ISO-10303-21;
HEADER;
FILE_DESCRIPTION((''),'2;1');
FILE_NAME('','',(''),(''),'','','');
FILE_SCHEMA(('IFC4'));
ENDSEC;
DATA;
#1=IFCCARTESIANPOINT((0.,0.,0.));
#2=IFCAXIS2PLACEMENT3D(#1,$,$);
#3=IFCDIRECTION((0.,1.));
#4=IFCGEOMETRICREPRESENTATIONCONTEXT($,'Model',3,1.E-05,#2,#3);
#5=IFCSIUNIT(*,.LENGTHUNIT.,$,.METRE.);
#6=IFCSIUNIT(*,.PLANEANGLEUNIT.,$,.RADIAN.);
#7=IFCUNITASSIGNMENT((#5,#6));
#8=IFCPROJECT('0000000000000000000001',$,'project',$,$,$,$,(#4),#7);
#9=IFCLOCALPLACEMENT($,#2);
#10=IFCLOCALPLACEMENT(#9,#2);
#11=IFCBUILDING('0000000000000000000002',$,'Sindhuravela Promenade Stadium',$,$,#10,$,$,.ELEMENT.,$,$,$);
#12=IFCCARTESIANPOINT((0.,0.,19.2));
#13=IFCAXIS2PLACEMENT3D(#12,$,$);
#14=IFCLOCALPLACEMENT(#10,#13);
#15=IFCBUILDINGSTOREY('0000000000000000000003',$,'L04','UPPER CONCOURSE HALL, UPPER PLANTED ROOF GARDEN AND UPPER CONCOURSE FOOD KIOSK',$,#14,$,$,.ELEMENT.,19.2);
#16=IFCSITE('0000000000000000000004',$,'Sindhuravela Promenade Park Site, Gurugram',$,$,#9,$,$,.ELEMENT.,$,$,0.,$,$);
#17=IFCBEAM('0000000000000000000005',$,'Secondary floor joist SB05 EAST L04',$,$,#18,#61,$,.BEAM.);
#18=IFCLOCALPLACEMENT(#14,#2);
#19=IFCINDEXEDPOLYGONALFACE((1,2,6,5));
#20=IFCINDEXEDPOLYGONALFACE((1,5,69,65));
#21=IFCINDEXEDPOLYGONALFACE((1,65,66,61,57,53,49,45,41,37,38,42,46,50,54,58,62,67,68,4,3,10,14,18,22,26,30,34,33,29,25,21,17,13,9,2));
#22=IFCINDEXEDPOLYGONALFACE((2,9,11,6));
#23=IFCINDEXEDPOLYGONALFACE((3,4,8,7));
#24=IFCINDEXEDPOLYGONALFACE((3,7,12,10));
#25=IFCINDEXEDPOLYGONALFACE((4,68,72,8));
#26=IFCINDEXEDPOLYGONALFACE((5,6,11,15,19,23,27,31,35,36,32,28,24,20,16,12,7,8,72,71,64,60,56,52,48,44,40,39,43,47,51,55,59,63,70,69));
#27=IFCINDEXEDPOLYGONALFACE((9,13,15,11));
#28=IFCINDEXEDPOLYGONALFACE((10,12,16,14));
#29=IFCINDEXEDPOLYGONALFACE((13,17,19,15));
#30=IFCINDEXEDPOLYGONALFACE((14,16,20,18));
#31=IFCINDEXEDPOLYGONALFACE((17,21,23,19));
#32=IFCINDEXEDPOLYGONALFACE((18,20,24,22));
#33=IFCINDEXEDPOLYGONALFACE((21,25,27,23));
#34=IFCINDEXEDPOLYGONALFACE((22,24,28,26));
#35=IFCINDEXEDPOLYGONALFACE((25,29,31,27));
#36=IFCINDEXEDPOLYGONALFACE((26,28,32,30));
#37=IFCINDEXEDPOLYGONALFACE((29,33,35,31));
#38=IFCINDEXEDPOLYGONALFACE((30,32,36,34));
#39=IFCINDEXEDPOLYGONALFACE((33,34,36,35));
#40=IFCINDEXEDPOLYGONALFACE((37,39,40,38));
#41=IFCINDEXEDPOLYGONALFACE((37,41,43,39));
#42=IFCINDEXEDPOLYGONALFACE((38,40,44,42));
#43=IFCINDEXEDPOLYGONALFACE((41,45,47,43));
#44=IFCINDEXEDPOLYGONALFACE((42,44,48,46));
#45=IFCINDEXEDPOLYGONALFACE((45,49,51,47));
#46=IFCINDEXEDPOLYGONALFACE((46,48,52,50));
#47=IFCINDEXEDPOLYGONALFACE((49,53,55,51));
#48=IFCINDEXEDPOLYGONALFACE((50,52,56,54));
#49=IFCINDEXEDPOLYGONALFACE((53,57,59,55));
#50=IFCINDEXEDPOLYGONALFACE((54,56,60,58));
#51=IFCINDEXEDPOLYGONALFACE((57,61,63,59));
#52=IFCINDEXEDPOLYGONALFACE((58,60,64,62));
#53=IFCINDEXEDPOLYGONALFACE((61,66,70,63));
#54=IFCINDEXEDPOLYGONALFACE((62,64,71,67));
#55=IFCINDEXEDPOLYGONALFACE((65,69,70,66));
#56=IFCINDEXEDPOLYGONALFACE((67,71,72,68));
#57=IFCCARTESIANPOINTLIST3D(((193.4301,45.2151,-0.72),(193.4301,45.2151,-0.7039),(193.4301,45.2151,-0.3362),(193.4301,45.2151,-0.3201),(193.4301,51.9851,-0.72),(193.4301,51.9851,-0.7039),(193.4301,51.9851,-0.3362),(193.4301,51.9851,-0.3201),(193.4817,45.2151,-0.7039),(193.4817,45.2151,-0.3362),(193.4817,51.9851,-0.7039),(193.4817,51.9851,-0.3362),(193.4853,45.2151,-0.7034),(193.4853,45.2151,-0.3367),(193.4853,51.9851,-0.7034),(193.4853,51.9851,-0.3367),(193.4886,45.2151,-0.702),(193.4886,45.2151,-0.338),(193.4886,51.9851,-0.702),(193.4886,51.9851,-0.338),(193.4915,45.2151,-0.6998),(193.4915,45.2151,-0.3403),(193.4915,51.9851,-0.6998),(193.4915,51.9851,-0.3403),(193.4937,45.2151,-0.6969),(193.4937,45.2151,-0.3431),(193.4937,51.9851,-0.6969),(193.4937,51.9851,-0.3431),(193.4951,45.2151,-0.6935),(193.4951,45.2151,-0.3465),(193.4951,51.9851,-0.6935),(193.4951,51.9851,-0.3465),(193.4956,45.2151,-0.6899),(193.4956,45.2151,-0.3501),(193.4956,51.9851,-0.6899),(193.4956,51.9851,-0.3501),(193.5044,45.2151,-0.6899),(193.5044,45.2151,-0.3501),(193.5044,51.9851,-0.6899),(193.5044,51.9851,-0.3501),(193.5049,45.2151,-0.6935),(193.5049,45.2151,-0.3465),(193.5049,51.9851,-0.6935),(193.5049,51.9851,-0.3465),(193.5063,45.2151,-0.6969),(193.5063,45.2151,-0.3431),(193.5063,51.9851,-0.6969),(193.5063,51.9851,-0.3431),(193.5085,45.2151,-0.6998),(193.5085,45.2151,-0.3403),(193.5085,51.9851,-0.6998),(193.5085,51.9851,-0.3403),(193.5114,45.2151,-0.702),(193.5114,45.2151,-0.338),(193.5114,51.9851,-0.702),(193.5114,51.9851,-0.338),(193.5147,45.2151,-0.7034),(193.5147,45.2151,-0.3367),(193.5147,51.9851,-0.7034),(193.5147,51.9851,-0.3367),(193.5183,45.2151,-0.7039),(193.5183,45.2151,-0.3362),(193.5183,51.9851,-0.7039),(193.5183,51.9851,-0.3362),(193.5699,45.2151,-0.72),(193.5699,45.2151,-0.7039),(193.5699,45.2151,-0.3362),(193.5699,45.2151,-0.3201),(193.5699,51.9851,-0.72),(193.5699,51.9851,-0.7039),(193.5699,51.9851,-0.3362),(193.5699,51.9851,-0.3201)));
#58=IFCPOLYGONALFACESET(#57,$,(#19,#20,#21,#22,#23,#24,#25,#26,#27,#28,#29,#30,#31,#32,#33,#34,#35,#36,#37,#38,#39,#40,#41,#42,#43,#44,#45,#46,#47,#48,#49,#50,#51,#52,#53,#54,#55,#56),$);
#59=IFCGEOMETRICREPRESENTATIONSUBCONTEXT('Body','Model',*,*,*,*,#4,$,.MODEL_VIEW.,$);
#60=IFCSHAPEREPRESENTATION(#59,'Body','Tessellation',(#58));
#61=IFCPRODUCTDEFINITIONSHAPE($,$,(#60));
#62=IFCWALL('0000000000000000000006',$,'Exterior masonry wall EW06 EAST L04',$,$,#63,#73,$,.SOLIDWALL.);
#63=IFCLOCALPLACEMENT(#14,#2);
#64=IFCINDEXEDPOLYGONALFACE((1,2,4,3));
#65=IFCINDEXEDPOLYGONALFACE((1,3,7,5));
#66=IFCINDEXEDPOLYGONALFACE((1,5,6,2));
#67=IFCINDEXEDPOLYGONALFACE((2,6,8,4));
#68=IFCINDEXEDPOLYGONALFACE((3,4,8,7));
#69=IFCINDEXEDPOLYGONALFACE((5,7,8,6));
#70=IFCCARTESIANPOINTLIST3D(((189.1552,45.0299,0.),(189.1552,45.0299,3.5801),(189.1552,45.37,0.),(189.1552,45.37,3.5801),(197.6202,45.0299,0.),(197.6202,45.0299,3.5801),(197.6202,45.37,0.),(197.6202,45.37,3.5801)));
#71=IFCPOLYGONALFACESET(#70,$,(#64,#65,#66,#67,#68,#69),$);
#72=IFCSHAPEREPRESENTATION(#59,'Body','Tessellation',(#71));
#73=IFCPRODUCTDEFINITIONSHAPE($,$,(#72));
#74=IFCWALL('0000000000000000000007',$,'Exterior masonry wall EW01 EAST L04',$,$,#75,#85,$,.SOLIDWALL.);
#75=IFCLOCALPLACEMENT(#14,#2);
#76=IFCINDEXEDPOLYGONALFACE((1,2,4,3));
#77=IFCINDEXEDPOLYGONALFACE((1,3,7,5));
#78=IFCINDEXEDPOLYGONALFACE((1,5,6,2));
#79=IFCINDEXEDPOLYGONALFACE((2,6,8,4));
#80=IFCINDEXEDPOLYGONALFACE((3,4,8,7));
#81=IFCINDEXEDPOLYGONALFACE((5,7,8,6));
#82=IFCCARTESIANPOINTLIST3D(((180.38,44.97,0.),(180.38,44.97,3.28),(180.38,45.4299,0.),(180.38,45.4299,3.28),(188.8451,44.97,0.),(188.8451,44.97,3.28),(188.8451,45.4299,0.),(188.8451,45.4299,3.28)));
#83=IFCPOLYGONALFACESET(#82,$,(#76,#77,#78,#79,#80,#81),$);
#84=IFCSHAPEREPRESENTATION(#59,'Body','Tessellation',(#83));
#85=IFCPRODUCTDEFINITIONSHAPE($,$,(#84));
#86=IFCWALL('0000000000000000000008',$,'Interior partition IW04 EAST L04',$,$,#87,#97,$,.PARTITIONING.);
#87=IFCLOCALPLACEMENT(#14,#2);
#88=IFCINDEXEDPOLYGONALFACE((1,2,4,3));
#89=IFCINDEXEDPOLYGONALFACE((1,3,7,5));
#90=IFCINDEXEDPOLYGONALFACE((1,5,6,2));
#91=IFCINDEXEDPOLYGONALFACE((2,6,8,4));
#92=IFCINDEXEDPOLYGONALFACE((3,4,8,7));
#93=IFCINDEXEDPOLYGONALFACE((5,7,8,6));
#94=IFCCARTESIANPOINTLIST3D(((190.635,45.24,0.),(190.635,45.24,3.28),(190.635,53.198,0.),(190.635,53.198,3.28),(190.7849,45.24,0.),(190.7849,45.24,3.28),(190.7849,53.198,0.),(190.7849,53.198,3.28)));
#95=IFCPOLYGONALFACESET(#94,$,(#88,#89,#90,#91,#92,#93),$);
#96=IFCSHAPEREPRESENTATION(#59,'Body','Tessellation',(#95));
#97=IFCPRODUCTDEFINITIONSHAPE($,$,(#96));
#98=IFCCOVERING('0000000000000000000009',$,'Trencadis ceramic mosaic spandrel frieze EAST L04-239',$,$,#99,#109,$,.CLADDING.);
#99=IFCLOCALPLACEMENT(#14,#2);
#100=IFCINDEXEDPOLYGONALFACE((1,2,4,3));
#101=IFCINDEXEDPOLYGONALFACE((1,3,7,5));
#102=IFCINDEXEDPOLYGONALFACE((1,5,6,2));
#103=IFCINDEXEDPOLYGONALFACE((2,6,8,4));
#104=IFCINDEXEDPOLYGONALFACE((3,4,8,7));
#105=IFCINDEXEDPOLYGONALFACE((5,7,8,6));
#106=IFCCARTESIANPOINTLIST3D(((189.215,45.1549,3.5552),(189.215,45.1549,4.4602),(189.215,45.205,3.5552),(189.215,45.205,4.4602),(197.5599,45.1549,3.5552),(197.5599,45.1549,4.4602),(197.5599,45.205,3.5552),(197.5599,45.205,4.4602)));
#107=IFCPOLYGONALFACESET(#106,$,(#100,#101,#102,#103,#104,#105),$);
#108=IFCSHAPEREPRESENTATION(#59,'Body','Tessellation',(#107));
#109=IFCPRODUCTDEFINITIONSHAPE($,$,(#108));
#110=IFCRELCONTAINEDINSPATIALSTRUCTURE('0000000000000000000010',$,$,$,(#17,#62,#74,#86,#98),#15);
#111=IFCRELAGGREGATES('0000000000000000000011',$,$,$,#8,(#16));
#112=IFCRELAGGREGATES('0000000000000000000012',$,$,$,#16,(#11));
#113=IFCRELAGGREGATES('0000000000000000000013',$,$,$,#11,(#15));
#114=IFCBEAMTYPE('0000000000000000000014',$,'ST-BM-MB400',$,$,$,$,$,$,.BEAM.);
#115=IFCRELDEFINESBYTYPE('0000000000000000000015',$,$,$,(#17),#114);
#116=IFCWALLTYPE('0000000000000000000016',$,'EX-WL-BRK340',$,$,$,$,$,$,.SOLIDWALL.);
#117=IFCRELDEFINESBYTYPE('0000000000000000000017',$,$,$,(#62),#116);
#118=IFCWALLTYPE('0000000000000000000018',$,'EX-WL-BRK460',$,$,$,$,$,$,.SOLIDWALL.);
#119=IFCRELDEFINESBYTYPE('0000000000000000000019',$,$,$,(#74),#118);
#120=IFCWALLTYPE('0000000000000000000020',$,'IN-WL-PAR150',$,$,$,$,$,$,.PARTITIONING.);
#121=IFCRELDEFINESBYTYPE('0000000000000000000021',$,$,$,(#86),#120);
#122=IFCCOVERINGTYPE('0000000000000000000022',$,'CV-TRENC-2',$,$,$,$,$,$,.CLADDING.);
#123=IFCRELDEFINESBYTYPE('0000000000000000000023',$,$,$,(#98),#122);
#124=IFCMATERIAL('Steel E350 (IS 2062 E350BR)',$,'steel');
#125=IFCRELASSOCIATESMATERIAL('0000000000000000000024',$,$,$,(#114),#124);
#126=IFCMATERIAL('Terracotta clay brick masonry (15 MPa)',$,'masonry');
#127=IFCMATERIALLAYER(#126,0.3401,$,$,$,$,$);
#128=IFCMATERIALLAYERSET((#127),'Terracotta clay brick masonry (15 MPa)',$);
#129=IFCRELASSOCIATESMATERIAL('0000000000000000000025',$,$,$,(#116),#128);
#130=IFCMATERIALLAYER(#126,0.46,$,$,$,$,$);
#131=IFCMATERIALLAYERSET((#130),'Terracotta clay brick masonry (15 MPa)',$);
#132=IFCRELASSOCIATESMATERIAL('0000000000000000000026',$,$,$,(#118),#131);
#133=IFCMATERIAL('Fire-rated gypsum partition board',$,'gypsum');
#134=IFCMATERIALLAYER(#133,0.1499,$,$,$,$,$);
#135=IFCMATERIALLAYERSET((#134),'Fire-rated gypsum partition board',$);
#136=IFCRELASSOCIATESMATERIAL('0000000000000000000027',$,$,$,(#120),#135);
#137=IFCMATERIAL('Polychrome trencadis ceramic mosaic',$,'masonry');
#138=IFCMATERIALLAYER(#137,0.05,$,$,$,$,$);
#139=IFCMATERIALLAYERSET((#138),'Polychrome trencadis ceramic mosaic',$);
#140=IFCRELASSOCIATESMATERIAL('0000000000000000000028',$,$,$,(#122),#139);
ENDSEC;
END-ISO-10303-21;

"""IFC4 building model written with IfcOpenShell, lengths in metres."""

from ifc_helpers import new_model, si_unit, direction, frame, frame_2d, origin, origin_2d, place, context, subcontext, project, spatial, rectangle, i_section, extrude, material, layer, layer_set, material_profile, profile_set, type_object, element, save


model = new_model("IFC4")

# Units and contexts
model_context = context("Model", 3, precision=1e-05, world=origin(), true_north=direction((0.0, 1.0)))
body_context = subcontext(model_context, "Body", "Model", "MODEL_VIEW")
ifc_project = project(units=[si_unit("LENGTHUNIT", "METRE"), si_unit("PLANEANGLEUNIT", "RADIAN")], contexts=[model_context])

# Site, building, storey
site_placement = place(None, origin())
site = spatial("IfcSite", under=ifc_project, at=site_placement, Name="Sindhuravela Promenade Park Site, Gurugram", CompositionType="ELEMENT", RefElevation=0.0)
building_placement = place(site_placement, origin())
building = spatial("IfcBuilding", under=site, at=building_placement, Name="Sindhuravela Promenade Stadium", CompositionType="ELEMENT")
storey_placement = place(building_placement, frame((0.0, 0.0, 19.2)))
storey = spatial("IfcBuildingStorey", under=building, at=storey_placement, Name="L04", Description="UPPER CONCOURSE HALL, UPPER PLANTED ROOF GARDEN AND UPPER CONCOURSE FOOD KIOSK", CompositionType="ELEMENT", Elevation=19.2)

# Shared definitions
ifc_material_1 = material(Name="Steel E350 (IS 2062 E350BR)", Category="steel")

# Beam
ifc_material_profile_1 = material_profile(ifc_material_1, i_section(OverallWidth=0.1399, OverallDepth=0.3999, WebThickness=0.0088, FlangeThickness=0.0161, FilletRadius=0.0139, at=origin_2d()), Name="ISMB 400")
ifc_profile_set_1 = profile_set([ifc_material_profile_1], Name="Steel E350 (IS 2062 E350BR)")
beam_type_1 = type_object("IfcBeamType", Name="ST-BM-MB400", PredefinedType="BEAM", material=ifc_profile_set_1)
beam_1_placement = place(storey_placement, frame((193.5, 45.2151, -0.52), z_axis=(0.0, 1.0, 0.0), x_axis=(-1.0, 0.0, 0.0)))
element("IfcBeam", 1, at=beam_1_placement, inside=storey, type_object=beam_type_1, Name="Secondary floor joist SB05 EAST L04", PredefinedType="BEAM", context=body_context, shape_type="SweptSolid", body=[
    extrude(i_section(OverallWidth=0.1399, OverallDepth=0.3999, WebThickness=0.0088, FlangeThickness=0.0161, FilletRadius=0.0139, at=origin_2d()), origin(), (0.0, 0.0, 1.0), 6.77),
])

# Walls
ifc_material_2 = material(Name="Terracotta clay brick masonry (15 MPa)", Category="masonry")
ifc_layer_1 = layer(ifc_material_2, 0.3401)
ifc_layer_set_1 = layer_set([ifc_layer_1], Name="Terracotta clay brick masonry (15 MPa)")
wall_type_1 = type_object("IfcWallType", Name="EX-WL-BRK340", PredefinedType="SOLIDWALL", material=ifc_layer_set_1)
wall_1_placement = place(storey_placement, frame((197.6201, 45.2, 0.0), z_axis=(0.0, 0.0, 1.0), x_axis=(-1.0, 0.0, 0.0)))
element("IfcWall", 2, at=wall_1_placement, inside=storey, type_object=wall_type_1, Name="Exterior masonry wall EW06 EAST L04", PredefinedType="SOLIDWALL", context=body_context, shape_type="SweptSolid", body=[
    extrude(rectangle(XDim=8.4651, YDim=0.3401, at=frame_2d((4.2324, 0.0))), origin(), (0.0, 0.0, 1.0), 3.5801),
])
ifc_layer_2 = layer(ifc_material_2, 0.46)
ifc_layer_set_2 = layer_set([ifc_layer_2], Name="Terracotta clay brick masonry (15 MPa)")
wall_type_2 = type_object("IfcWallType", Name="EX-WL-BRK460", PredefinedType="SOLIDWALL", material=ifc_layer_set_2)
wall_2_placement = place(storey_placement, frame((188.845, 45.2, 0.0), z_axis=(0.0, 0.0, 1.0), x_axis=(-1.0, 0.0, 0.0)))
element("IfcWall", 3, at=wall_2_placement, inside=storey, type_object=wall_type_2, Name="Exterior masonry wall EW01 EAST L04", PredefinedType="SOLIDWALL", context=body_context, shape_type="SweptSolid", body=[
    extrude(rectangle(XDim=8.4651, YDim=0.46, at=frame_2d((4.2324, 0.0))), origin(), (0.0, 0.0, 1.0), 3.28),
])
ifc_material_3 = material(Name="Fire-rated gypsum partition board", Category="gypsum")
ifc_layer_3 = layer(ifc_material_3, 0.1499)
ifc_layer_set_3 = layer_set([ifc_layer_3], Name="Fire-rated gypsum partition board")
wall_type_3 = type_object("IfcWallType", Name="IN-WL-PAR150", PredefinedType="PARTITIONING", material=ifc_layer_set_3)
wall_3_placement = place(storey_placement, frame((190.71, 45.24, 0.0), z_axis=(0.0, 0.0, 1.0), x_axis=(0.0, 1.0, 0.0)))
element("IfcWall", 4, at=wall_3_placement, inside=storey, type_object=wall_type_3, Name="Interior partition IW04 EAST L04", PredefinedType="PARTITIONING", context=body_context, shape_type="SweptSolid", body=[
    extrude(rectangle(XDim=7.958, YDim=0.1499, at=frame_2d((3.979, 0.0))), origin(), (0.0, 0.0, 1.0), 3.28),
])

# Covering
ifc_material_4 = material(Name="Polychrome trencadis ceramic mosaic", Category="masonry")
ifc_layer_4 = layer(ifc_material_4, 0.05)
ifc_layer_set_4 = layer_set([ifc_layer_4], Name="Polychrome trencadis ceramic mosaic")
covering_type = type_object("IfcCoveringType", Name="CV-TRENC-2", PredefinedType="CLADDING", material=ifc_layer_set_4)
covering_placement = place(storey_placement, frame((193.3875, 45.1799, 3.5552), z_axis=(0.0, 0.0, 1.0), x_axis=(-1.0, 0.0, 0.0)))
element("IfcCovering", 5, at=covering_placement, inside=storey, type_object=covering_type, Name="Trencadis ceramic mosaic spandrel frieze EAST L04-239", PredefinedType="CLADDING", context=body_context, shape_type="SweptSolid", body=[
    extrude(rectangle(XDim=8.345, YDim=0.05, at=origin_2d()), origin(), (0.0, 0.0, 1.0), 0.905),
])

save(model, "model.ifc")
